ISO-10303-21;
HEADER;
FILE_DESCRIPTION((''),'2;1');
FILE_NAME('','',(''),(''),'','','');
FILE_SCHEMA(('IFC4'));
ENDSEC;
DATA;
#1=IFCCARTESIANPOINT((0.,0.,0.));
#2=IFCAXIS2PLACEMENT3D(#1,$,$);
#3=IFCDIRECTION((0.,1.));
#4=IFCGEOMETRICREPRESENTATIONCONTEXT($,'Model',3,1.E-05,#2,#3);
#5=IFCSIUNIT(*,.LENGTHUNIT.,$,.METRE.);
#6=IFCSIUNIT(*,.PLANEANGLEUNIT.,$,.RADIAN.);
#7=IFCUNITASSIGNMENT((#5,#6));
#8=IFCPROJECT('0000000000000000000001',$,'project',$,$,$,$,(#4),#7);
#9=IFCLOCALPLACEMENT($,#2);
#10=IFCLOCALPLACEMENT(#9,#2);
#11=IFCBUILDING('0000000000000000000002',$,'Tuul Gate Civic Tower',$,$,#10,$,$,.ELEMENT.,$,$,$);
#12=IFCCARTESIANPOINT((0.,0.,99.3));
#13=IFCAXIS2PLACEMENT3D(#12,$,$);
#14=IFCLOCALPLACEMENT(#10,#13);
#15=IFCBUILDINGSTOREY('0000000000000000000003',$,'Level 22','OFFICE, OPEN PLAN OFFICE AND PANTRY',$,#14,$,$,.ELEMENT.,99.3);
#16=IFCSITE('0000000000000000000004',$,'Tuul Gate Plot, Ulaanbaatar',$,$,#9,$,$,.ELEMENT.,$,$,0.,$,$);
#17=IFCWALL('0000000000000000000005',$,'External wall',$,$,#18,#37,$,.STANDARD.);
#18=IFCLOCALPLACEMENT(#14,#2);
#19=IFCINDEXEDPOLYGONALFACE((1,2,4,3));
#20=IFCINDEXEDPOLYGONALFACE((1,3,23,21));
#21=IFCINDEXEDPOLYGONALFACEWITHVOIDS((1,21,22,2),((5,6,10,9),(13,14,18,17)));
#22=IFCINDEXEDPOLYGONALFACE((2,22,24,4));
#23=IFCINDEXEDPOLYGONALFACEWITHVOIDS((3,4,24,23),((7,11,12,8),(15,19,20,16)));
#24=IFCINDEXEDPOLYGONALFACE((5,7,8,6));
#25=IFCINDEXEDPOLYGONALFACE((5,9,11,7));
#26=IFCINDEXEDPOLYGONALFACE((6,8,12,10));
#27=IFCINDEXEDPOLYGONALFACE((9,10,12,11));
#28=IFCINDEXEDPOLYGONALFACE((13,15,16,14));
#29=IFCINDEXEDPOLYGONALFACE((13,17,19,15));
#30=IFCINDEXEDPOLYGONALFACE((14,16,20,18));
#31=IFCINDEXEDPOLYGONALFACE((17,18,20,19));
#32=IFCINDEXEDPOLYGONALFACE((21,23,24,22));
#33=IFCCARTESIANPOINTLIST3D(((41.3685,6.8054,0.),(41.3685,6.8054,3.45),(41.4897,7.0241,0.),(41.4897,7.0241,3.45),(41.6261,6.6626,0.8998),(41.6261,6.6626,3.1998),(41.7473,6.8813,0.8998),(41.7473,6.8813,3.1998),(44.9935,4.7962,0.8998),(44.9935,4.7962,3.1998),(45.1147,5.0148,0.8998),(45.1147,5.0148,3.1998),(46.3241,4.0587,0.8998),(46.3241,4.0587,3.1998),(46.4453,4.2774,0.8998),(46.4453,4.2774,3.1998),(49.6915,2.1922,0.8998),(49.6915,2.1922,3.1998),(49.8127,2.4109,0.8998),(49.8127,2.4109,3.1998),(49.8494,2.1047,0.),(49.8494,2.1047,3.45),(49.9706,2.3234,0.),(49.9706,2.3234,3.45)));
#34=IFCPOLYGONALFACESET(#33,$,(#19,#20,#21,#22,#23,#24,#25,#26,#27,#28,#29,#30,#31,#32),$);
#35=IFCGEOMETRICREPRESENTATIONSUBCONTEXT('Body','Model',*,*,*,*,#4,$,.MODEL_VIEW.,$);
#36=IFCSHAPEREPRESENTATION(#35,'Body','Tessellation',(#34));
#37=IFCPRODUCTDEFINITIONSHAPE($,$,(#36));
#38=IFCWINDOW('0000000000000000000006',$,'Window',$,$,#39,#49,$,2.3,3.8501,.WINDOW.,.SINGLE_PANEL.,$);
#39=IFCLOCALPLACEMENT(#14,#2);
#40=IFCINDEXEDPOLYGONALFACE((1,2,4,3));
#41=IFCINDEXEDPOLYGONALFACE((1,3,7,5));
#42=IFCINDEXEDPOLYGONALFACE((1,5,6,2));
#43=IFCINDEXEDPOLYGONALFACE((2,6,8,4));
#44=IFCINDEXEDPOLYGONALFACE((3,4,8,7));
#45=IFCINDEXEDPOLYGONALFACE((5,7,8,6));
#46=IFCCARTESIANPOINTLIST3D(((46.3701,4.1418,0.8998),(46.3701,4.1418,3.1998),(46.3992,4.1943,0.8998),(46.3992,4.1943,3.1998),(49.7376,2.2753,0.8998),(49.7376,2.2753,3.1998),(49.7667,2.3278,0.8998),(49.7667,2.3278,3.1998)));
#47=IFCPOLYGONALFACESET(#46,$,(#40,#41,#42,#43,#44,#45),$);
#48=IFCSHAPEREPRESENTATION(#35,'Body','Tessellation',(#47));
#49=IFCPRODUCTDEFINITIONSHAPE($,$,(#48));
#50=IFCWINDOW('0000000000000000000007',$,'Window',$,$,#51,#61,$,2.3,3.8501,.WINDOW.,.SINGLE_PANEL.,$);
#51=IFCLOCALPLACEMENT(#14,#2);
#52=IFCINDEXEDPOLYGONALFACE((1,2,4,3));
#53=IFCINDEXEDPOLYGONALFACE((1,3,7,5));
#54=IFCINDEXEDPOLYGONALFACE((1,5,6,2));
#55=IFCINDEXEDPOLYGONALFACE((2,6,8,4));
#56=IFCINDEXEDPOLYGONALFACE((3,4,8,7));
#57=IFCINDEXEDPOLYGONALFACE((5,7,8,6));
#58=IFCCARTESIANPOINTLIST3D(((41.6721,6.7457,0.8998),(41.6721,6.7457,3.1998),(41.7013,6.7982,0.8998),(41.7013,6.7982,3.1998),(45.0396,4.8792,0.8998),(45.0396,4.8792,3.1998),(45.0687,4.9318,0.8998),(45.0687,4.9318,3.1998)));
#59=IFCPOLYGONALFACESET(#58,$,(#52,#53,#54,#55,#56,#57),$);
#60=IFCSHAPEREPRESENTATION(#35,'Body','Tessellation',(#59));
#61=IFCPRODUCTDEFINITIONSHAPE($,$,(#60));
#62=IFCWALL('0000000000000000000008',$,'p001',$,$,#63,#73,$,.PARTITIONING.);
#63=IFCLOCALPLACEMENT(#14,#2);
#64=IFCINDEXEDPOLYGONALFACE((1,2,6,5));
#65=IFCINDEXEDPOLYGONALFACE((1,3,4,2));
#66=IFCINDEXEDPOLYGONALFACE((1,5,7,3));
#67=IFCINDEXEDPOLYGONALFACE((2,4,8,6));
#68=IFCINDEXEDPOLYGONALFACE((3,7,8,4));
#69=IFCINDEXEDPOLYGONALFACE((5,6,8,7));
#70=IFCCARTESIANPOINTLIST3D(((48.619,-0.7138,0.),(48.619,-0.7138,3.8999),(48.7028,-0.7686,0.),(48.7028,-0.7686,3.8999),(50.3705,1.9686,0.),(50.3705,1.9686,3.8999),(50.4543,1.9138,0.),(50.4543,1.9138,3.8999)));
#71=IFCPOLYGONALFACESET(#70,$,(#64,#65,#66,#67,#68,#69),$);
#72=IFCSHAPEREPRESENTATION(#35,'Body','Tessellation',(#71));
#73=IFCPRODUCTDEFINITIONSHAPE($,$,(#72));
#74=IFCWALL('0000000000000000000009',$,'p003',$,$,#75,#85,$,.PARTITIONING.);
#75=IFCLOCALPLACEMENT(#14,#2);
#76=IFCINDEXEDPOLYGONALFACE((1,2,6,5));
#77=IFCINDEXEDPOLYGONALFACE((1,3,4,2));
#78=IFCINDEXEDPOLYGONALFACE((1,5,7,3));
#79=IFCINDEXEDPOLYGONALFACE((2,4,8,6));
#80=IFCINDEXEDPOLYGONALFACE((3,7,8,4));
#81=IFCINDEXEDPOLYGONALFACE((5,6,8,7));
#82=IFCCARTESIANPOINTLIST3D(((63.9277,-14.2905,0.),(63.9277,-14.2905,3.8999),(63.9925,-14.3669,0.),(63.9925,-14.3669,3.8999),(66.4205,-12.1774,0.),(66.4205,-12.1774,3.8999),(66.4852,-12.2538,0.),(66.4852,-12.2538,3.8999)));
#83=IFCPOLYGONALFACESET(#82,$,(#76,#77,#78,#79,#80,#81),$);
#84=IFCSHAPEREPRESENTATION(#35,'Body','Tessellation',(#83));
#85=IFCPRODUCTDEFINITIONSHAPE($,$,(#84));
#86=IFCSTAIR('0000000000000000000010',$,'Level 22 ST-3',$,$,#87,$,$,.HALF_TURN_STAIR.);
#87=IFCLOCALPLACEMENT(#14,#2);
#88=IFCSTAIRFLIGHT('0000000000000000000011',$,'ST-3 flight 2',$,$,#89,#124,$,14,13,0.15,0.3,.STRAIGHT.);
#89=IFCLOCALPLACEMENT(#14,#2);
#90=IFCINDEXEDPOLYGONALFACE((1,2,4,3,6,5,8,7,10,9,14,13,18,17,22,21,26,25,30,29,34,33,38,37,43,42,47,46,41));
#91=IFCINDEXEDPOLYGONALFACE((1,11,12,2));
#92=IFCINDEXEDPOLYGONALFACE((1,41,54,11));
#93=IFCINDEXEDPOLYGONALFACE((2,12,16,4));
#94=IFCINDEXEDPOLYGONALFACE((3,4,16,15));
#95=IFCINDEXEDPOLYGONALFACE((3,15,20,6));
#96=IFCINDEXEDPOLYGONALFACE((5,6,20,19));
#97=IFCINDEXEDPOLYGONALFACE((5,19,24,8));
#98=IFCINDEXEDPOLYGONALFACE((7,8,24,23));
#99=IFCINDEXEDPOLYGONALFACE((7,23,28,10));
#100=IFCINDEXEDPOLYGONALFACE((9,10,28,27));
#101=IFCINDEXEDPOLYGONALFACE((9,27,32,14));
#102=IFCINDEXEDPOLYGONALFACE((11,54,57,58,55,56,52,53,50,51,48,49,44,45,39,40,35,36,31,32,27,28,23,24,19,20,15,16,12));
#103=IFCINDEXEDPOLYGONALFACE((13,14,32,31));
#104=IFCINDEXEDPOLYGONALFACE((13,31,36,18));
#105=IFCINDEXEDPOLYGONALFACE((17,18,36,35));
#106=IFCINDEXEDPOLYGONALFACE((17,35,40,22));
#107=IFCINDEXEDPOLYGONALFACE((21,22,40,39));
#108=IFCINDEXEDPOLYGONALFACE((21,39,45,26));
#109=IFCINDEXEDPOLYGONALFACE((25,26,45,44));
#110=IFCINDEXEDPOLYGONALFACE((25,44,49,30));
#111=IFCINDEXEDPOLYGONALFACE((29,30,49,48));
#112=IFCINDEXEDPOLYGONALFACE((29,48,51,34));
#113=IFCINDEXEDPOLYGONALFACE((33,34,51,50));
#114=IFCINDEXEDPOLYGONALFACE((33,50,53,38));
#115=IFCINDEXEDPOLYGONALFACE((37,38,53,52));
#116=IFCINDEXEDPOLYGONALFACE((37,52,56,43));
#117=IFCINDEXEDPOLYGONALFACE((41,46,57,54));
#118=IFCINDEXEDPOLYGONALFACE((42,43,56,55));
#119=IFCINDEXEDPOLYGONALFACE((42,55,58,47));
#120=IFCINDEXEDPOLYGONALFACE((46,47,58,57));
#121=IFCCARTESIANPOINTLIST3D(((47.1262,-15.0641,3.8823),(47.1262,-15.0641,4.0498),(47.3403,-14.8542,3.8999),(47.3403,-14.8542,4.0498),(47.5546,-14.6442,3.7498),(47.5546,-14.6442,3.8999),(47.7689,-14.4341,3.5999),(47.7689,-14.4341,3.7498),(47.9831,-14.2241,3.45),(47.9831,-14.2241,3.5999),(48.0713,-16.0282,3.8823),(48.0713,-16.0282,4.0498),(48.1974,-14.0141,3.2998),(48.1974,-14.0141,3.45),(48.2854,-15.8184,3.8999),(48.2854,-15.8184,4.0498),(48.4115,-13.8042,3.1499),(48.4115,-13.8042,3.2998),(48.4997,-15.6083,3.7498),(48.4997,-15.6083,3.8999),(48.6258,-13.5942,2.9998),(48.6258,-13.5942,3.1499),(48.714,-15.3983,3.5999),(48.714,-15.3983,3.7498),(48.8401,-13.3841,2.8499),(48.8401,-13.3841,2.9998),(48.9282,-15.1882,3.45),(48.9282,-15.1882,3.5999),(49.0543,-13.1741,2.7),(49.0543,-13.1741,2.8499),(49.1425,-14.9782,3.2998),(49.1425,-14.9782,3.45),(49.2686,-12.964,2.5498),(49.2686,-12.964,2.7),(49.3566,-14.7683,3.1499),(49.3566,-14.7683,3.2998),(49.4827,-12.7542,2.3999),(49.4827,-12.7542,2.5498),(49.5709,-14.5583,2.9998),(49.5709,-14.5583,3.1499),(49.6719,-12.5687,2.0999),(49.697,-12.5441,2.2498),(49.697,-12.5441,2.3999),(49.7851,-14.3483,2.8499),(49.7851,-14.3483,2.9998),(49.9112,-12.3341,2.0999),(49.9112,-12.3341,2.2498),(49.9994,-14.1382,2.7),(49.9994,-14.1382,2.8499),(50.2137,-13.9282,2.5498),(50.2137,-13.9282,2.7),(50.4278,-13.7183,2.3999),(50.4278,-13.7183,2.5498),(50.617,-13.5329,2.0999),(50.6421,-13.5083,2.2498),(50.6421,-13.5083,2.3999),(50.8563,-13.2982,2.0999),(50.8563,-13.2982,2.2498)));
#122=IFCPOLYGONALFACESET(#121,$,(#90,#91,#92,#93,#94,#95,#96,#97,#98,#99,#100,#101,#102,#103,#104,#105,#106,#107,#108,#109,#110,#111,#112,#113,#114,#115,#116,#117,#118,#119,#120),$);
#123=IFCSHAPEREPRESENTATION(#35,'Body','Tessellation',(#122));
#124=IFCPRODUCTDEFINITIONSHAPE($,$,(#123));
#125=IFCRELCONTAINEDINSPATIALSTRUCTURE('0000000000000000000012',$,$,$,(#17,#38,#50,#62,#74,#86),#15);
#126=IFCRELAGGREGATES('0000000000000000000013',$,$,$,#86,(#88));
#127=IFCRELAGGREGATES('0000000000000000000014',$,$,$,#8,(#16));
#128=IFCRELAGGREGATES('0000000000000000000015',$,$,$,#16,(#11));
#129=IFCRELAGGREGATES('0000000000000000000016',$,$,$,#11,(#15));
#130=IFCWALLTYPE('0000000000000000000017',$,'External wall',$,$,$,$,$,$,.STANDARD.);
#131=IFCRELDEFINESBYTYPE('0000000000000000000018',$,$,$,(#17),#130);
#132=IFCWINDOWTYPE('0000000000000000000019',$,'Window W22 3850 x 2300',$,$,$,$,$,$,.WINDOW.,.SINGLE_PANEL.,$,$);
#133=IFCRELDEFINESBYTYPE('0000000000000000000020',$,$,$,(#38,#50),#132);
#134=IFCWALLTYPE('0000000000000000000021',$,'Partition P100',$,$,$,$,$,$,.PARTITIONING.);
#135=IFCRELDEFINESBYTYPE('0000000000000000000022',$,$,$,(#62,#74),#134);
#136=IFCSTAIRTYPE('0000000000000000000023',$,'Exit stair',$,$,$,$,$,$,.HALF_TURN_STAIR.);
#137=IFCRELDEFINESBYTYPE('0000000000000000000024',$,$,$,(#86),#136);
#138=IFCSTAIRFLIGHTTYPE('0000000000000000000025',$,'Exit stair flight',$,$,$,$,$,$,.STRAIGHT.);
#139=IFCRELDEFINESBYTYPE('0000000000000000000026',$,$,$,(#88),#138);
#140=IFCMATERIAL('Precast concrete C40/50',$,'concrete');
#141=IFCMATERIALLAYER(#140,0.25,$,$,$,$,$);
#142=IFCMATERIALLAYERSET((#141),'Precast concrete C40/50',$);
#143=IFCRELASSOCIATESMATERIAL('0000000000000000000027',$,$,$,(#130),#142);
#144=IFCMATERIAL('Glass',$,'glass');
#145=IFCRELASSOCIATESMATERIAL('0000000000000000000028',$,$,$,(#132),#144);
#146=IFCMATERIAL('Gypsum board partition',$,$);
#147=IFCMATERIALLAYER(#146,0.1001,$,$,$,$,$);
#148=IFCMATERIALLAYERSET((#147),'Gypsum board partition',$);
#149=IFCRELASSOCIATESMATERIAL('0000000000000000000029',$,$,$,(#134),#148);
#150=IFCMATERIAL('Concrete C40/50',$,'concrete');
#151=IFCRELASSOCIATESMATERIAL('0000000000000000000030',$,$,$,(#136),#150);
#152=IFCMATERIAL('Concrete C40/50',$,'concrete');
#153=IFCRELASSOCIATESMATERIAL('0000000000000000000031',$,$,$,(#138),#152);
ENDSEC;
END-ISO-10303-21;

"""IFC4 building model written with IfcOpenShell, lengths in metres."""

from ifc_helpers import new_model, si_unit, direction, frame, frame_2d, origin, place, context, subcontext, project, spatial, polyline, rectangle, outline, extrude, material, layer, layer_set, type_object, element, fill, aggregate, save


model = new_model("IFC4")

# Units and contexts
model_context = context("Model", 3, precision=1e-05, world=origin(), true_north=direction((0.0, 1.0)))
body_context = subcontext(model_context, "Body", "Model", "MODEL_VIEW")
ifc_project = project(units=[si_unit("LENGTHUNIT", "METRE"), si_unit("PLANEANGLEUNIT", "RADIAN")], contexts=[model_context])

# Site, building, storey
site_placement = place(None, origin())
site = spatial("IfcSite", under=ifc_project, at=site_placement, Name="Tuul Gate Plot, Ulaanbaatar", CompositionType="ELEMENT", RefElevation=0.0)
building_placement = place(site_placement, origin())
building = spatial("IfcBuilding", under=site, at=building_placement, Name="Tuul Gate Civic Tower", CompositionType="ELEMENT")
storey_placement = place(building_placement, frame((0.0, 0.0, 99.3)))
storey = spatial("IfcBuildingStorey", under=building, at=storey_placement, Name="Level 22", Description="OFFICE, OPEN PLAN OFFICE AND PANTRY", CompositionType="ELEMENT", Elevation=99.3)

# Wall, openings, windows
ifc_material_1 = material(Name="Precast concrete C40/50", Category="concrete")
ifc_layer_1 = layer(ifc_material_1, 0.25)
ifc_layer_set_1 = layer_set([ifc_layer_1], Name="Precast concrete C40/50")
wall_type_1 = type_object("IfcWallType", Name="External wall", PredefinedType="STANDARD", material=ifc_layer_set_1)
ifc_material_2 = material(Name="Glass", Category="glass")
window_type = type_object("IfcWindowType", Name="Window W22 3850 x 2300", PartitioningType="SINGLE_PANEL", PredefinedType="WINDOW", material=ifc_material_2)
wall_1_placement = place(storey_placement, frame((49.9099, 2.2141, 0.0), z_axis=(0.0, 0.0, 1.0), x_axis=(-0.874637, 0.484779, 0.0)))
wall_1 = element("IfcWall", 1, at=wall_1_placement, inside=storey, type_object=wall_type_1, Name="External wall", PredefinedType="STANDARD", context=body_context, shape_type="SweptSolid", body=[
    extrude(rectangle(XDim=9.6965, YDim=0.25, at=frame_2d((4.8481, 0.0))), origin(), (0.0, 0.0, 1.0), 3.45),
])
opening_1_placement = place(wall_1_placement, frame((0.1804, 0.0, 0.8999)))
opening_1 = element("IfcOpeningElement", 2, at=opening_1_placement, cuts=wall_1, PredefinedType="OPENING", context=body_context, shape_type="SweptSolid", body=[
    extrude(rectangle(XDim=3.8501, YDim=2.3, at=frame_2d((1.925, 1.1499))), frame((0.0, 0.135, 0.0), z_axis=(0.0, -1.0, 0.0), x_axis=(1.0, 0.0, 0.0)), (0.0, 0.0, 1.0), 0.27),
])
opening_2_placement = place(wall_1_placement, frame((5.5518, 0.0, 0.8999)))
opening_2 = element("IfcOpeningElement", 3, at=opening_2_placement, cuts=wall_1, PredefinedType="OPENING", context=body_context, shape_type="SweptSolid", body=[
    extrude(rectangle(XDim=3.8501, YDim=2.3, at=frame_2d((1.925, 1.1499))), frame((0.0, 0.135, 0.0), z_axis=(0.0, -1.0, 0.0), x_axis=(1.0, 0.0, 0.0)), (0.0, 0.0, 1.0), 0.27),
])
window_1_placement = place(opening_1_placement, origin())
window_1 = element("IfcWindow", 4, at=window_1_placement, inside=storey, type_object=window_type, Name="Window", OverallHeight=2.3, OverallWidth=3.8501, PartitioningType="SINGLE_PANEL", PredefinedType="WINDOW", context=body_context, shape_type="SweptSolid", body=[
    extrude(rectangle(XDim=3.8501, YDim=2.3, at=frame_2d((1.925, 1.1499))), frame((0.0, 0.03, 0.0), z_axis=(0.0, -1.0, 0.0), x_axis=(1.0, 0.0, 0.0)), (0.0, 0.0, 1.0), 0.0601),
])
fill(opening_1, window_1)
window_2_placement = place(opening_2_placement, origin())
window_2 = element("IfcWindow", 5, at=window_2_placement, inside=storey, type_object=window_type, Name="Window", OverallHeight=2.3, OverallWidth=3.8501, PartitioningType="SINGLE_PANEL", PredefinedType="WINDOW", context=body_context, shape_type="SweptSolid", body=[
    extrude(rectangle(XDim=3.8501, YDim=2.3, at=frame_2d((1.925, 1.1499))), frame((0.0, 0.03, 0.0), z_axis=(0.0, -1.0, 0.0), x_axis=(1.0, 0.0, 0.0)), (0.0, 0.0, 1.0), 0.0601),
])
fill(opening_2, window_2)

# Walls
ifc_material_3 = material(Name="Gypsum board partition")
ifc_layer_2 = layer(ifc_material_3, 0.1001)
ifc_layer_set_2 = layer_set([ifc_layer_2], Name="Gypsum board partition")
wall_type_2 = type_object("IfcWallType", Name="Partition P100", PredefinedType="PARTITIONING", material=ifc_layer_set_2)
wall_2_placement = place(storey_placement, frame((48.6609, -0.7412, 0.0), z_axis=(0.0, 0.0, 1.0), x_axis=(0.546726, 0.837312, 0.0)))
element("IfcWall", 6, at=wall_2_placement, inside=storey, type_object=wall_type_2, Name="p001", PredefinedType="PARTITIONING", context=body_context, shape_type="SweptSolid", body=[
    extrude(rectangle(XDim=3.2036, YDim=0.1001, at=frame_2d((1.6018, 0.0))), origin(), (0.0, 0.0, 1.0), 3.8999),
])
wall_3_placement = place(storey_placement, frame((63.9602, -14.3286, 0.0), z_axis=(0.0, 0.0, 1.0), x_axis=(0.762805, 0.646629, 0.0)))
element("IfcWall", 7, at=wall_3_placement, inside=storey, type_object=wall_type_2, Name="p003", PredefinedType="PARTITIONING", context=body_context, shape_type="SweptSolid", body=[
    extrude(rectangle(XDim=3.2678, YDim=0.1001, at=frame_2d((1.6338, 0.0))), origin(), (0.0, 0.0, 1.0), 3.8999),
])

# Stair, stair flight
ifc_material_4 = material(Name="Concrete C40/50", Category="concrete")
stair_type = type_object("IfcStairType", Name="Exit stair", PredefinedType="HALF_TURN_STAIR", material=ifc_material_4)
stair_placement = place(storey_placement, origin())
stair = element("IfcStair", 8, at=stair_placement, inside=storey, type_object=stair_type, Name="Level 22 ST-3", PredefinedType="HALF_TURN_STAIR")
ifc_material_5 = material(Name="Concrete C40/50", Category="concrete")
stair_flight_type = type_object("IfcStairFlightType", Name="Exit stair flight", PredefinedType="STRAIGHT", material=ifc_material_5)
stair_flight_placement = place(storey_placement, frame((50.3838, -12.8162, 2.0999), z_axis=(0.0, 0.0, 1.0), x_axis=(-0.714127, -0.700016, 0.0)))
stair_flight = element("IfcStairFlight", 9, at=stair_flight_placement, type_object=stair_flight_type, Name="ST-3 flight 2", NumberOfRisers=14, NumberOfTreads=13, PredefinedType="STRAIGHT", RiserHeight=0.15, TreadLength=0.3, context=body_context, shape_type="SweptSolid", body=[
    extrude(outline(polyline([(0.0, 0.0), (0.0, 0.1499), (0.3, 0.1499), (0.3, 0.3), (0.6001, 0.3), (0.6001, 0.45), (0.8999, 0.45), (0.8999, 0.6001), (1.2, 0.6001), (1.2, 0.75), (1.5, 0.75), (1.5, 0.8999), (1.8, 0.8999), (1.8, 1.05), (2.1001, 1.05), (2.1001, 1.2), (2.3999, 1.2), (2.3999, 1.3501), (2.7, 1.3501), (2.7, 1.5), (3.0, 1.5), (3.0, 1.6499), (3.3, 1.6499), (3.3, 1.8), (3.6001, 1.8), (3.6001, 1.95), (3.8999, 1.95), (3.8999, 2.1001), (3.8999, 1.7825), (0.3352, 0.0), (0.0, 0.0)])), frame((0.0, 0.675, 0.0), z_axis=(0.0, -1.0, 0.0), x_axis=(1.0, 0.0, 0.0)), (0.0, 0.0, 1.0), 1.3501),
])
aggregate(stair, [stair_flight])

save(model, "model.ifc")
